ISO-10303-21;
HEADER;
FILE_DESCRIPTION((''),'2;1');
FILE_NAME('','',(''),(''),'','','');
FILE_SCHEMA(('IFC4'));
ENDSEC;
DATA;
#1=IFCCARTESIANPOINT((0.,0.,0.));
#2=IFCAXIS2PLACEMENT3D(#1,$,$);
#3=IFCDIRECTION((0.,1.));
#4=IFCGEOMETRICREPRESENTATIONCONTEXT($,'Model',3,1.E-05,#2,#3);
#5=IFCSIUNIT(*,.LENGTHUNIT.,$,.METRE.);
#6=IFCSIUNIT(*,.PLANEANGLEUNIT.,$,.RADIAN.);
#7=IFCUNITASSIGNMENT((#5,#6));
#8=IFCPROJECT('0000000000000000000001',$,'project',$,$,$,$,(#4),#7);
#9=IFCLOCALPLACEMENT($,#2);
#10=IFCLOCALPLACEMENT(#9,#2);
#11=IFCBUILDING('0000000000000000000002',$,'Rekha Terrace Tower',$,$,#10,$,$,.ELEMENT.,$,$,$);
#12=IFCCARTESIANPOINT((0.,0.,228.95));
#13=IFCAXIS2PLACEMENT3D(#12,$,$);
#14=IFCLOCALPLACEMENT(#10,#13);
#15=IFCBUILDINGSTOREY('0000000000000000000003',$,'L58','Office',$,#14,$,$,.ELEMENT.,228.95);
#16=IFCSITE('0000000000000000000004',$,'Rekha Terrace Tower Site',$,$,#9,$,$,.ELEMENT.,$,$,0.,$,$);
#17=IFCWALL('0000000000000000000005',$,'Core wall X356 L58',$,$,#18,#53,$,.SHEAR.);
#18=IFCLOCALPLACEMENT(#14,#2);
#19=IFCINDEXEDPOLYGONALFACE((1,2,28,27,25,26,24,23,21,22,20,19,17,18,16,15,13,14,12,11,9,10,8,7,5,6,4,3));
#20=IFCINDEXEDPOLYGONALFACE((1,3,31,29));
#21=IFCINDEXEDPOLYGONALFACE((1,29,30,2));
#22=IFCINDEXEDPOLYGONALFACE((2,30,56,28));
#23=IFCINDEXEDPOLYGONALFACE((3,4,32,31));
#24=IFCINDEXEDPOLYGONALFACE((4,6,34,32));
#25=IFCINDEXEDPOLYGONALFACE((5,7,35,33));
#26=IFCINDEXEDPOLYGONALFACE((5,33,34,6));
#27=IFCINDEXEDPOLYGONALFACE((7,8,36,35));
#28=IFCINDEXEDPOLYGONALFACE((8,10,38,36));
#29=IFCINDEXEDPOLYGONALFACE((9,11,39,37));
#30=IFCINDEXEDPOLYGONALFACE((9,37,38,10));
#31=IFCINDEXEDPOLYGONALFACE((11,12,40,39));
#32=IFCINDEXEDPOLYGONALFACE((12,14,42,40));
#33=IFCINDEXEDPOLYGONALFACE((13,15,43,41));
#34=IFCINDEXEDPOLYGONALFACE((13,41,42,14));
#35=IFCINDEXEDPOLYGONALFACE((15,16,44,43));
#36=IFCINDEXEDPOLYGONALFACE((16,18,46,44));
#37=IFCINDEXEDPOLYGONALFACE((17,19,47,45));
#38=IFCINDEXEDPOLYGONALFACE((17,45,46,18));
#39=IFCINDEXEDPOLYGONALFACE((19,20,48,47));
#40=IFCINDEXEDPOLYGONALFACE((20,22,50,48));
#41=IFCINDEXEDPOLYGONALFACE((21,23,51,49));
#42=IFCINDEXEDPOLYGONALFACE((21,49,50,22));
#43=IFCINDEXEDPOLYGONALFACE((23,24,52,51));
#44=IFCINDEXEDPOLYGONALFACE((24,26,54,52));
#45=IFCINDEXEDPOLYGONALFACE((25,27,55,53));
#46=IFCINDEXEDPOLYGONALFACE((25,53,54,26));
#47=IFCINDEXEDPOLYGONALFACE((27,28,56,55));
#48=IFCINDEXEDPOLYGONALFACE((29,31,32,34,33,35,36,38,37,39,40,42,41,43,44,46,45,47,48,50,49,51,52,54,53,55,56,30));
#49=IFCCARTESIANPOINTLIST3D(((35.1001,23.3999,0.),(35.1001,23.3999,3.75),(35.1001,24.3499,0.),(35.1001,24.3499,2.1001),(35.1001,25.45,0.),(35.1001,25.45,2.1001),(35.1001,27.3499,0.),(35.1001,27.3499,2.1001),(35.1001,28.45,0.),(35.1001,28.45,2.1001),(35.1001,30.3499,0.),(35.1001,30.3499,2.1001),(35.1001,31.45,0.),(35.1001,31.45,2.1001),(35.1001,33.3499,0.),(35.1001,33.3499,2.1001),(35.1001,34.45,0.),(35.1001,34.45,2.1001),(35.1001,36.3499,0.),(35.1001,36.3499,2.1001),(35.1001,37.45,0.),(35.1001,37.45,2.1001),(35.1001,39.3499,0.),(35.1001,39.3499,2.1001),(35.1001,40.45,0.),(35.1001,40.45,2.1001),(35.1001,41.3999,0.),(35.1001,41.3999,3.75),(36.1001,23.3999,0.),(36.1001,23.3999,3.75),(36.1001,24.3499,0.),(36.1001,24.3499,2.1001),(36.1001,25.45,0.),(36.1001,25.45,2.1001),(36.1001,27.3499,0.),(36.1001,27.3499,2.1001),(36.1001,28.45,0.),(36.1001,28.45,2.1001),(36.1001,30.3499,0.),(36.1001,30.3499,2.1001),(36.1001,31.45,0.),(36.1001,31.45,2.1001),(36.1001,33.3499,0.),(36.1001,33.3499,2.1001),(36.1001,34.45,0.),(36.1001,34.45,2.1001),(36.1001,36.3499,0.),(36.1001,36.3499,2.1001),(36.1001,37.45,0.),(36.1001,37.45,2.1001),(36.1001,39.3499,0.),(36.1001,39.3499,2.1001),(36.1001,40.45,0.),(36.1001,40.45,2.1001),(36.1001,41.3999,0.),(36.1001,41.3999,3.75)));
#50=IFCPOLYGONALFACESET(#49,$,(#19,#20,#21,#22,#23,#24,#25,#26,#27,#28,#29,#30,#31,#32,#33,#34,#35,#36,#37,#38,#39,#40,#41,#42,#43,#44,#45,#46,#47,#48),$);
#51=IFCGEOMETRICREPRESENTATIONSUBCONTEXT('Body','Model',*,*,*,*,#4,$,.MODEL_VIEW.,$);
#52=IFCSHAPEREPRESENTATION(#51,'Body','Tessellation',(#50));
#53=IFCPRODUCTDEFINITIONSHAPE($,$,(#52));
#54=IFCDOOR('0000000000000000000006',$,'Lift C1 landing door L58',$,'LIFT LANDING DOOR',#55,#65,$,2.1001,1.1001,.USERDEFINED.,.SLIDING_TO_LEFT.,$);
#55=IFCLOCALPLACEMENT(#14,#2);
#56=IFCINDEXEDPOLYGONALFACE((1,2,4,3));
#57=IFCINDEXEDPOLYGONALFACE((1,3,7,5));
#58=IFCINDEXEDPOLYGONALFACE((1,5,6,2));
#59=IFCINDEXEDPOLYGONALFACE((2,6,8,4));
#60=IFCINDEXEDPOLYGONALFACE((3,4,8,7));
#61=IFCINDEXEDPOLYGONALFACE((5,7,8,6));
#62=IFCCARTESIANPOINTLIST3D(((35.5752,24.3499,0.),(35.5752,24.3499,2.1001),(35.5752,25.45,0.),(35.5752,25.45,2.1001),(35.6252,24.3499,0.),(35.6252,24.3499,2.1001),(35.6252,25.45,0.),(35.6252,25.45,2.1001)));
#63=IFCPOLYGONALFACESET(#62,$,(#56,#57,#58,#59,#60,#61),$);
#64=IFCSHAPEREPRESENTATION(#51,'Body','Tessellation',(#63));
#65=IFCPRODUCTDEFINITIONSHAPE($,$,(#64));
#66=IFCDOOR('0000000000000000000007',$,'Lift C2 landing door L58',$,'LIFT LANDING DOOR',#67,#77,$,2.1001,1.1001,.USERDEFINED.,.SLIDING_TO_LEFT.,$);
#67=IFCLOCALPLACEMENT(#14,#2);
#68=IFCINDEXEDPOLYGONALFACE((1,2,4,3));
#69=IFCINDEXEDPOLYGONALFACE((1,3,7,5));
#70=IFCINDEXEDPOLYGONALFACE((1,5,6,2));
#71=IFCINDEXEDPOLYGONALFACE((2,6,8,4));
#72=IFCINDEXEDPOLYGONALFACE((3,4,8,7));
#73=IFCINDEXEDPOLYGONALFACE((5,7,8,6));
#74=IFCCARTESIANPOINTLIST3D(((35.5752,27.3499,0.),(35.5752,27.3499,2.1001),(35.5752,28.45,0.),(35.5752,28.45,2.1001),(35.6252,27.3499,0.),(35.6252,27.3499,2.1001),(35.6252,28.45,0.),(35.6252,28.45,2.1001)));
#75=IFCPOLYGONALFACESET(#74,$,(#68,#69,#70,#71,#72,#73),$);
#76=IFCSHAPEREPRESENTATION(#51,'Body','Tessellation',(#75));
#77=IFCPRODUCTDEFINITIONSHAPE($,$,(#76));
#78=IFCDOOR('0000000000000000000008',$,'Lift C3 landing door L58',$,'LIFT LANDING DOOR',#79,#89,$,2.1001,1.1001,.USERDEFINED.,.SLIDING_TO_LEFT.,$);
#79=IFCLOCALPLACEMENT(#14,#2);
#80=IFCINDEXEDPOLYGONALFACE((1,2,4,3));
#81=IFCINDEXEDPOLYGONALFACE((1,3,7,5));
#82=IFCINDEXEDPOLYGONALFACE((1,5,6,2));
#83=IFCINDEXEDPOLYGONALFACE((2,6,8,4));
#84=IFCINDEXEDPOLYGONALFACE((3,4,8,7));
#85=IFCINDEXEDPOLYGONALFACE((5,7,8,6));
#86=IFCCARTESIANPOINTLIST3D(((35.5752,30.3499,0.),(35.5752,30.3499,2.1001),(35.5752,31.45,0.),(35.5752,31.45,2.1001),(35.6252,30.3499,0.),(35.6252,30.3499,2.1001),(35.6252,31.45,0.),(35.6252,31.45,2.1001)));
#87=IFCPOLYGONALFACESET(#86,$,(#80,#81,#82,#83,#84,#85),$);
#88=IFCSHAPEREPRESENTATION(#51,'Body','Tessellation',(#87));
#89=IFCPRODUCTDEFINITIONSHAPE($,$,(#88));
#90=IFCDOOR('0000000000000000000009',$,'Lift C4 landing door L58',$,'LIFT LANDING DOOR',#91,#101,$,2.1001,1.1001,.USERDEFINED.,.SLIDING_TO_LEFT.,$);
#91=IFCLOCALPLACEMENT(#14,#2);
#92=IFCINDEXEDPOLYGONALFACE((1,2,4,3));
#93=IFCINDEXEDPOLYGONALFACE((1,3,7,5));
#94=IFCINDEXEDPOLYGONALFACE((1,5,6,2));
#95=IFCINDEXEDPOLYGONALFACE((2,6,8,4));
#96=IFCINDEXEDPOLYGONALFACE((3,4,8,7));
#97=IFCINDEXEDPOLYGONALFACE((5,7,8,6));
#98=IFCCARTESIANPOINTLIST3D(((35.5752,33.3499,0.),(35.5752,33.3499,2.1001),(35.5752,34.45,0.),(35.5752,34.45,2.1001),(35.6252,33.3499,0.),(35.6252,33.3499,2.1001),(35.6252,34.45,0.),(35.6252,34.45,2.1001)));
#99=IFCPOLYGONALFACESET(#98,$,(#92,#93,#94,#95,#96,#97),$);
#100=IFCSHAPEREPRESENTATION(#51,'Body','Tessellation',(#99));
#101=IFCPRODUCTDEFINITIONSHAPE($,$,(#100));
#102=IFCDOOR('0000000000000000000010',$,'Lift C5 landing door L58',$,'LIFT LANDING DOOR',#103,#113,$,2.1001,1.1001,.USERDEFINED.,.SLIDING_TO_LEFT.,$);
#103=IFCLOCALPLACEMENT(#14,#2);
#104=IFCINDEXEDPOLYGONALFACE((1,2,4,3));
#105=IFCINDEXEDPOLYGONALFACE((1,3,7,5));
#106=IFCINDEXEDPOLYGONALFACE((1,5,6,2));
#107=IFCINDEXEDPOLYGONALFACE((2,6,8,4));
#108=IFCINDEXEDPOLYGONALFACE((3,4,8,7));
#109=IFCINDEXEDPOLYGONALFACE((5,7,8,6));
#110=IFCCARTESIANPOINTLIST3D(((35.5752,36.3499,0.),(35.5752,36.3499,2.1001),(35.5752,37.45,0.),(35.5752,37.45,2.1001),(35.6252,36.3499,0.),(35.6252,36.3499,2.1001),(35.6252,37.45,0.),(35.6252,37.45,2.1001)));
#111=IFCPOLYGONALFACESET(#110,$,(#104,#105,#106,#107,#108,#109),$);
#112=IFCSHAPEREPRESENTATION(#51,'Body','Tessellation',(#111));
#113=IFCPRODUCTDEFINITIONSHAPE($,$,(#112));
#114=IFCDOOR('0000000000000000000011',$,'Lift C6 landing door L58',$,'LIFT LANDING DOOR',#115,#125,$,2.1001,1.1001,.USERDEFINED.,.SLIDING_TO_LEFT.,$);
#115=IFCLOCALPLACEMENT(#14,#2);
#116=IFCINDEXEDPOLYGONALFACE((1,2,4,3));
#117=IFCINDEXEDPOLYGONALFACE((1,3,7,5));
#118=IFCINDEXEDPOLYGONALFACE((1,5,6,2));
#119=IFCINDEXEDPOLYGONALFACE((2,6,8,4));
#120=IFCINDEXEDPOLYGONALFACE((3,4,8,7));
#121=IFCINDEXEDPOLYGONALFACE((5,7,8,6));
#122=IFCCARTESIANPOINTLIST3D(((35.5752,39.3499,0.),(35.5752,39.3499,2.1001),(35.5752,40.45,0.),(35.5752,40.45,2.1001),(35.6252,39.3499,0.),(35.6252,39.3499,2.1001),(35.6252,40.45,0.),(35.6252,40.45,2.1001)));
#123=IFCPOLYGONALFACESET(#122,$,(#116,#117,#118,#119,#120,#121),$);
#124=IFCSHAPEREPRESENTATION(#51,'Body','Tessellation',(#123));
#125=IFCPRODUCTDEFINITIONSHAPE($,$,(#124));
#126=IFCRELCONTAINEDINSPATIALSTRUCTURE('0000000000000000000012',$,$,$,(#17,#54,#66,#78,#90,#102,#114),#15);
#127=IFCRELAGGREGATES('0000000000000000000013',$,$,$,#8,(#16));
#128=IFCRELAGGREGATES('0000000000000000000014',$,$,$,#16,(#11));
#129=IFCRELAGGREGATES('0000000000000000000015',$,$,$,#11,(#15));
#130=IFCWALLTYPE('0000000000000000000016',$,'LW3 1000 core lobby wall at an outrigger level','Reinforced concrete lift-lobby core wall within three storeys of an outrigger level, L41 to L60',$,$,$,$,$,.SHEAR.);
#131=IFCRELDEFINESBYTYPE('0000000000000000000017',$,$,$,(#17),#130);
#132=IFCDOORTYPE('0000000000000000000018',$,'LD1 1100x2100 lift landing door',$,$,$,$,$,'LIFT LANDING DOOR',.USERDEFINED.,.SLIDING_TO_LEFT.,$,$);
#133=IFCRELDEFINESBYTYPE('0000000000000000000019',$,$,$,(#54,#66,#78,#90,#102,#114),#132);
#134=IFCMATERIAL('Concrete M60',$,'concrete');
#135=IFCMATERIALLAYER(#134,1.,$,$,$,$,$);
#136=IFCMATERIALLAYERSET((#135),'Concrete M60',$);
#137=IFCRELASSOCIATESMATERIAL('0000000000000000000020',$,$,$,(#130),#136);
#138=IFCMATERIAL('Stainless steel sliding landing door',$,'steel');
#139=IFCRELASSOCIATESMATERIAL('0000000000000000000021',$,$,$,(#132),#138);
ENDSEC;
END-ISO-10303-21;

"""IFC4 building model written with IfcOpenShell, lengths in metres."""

from ifc_helpers import new_model, si_unit, direction, frame, frame_2d, origin, place, context, subcontext, project, spatial, rectangle, extrude, material, layer, layer_set, type_object, element, fill, save


model = new_model("IFC4")

# Units and contexts
model_context = context("Model", 3, precision=1e-05, world=origin(), true_north=direction((0.0, 1.0)))
body_context = subcontext(model_context, "Body", "Model", "MODEL_VIEW")
ifc_project = project(units=[si_unit("LENGTHUNIT", "METRE"), si_unit("PLANEANGLEUNIT", "RADIAN")], contexts=[model_context])

# Site, building, storey
site_placement = place(None, origin())
site = spatial("IfcSite", under=ifc_project, at=site_placement, Name="Rekha Terrace Tower Site", CompositionType="ELEMENT", RefElevation=0.0)
building_placement = place(site_placement, origin())
building = spatial("IfcBuilding", under=site, at=building_placement, Name="Rekha Terrace Tower", CompositionType="ELEMENT")
storey_placement = place(building_placement, frame((0.0, 0.0, 228.95)))
storey = spatial("IfcBuildingStorey", under=building, at=storey_placement, Name="L58", Description="Office", CompositionType="ELEMENT", Elevation=228.95)

# Shared definitions
ifc_material_1 = material(Name="Concrete M60", Category="concrete")

# Wall, openings, doors
ifc_layer_1 = layer(ifc_material_1, 1.0)
ifc_layer_set_1 = layer_set([ifc_layer_1], Name="Concrete M60")
wall_type_1 = type_object("IfcWallType", Name="LW3 1000 core lobby wall at an outrigger level", Description="Reinforced concrete lift-lobby core wall within three storeys of an outrigger level, L41 to L60", PredefinedType="SHEAR", material=ifc_layer_set_1)
wall_1_placement = place(storey_placement, frame((35.6001, 23.3999, 0.0), z_axis=(0.0, 0.0, 1.0), x_axis=(0.0, 1.0, 0.0)))
wall_1 = element("IfcWall", 1, at=wall_1_placement, inside=storey, type_object=wall_type_1, Name="Core wall X356 L58", PredefinedType="SHEAR", context=body_context, shape_type="SweptSolid", body=[
    extrude(rectangle(XDim=18.0, YDim=1.0, at=frame_2d((9.0, 0.0))), origin(), (0.0, 0.0, 1.0), 3.75),
])
opening_1_placement = place(wall_1_placement, frame((0.95, 0.0, 0.0)))
opening_1 = element("IfcOpeningElement", 2, at=opening_1_placement, cuts=wall_1, PredefinedType="OPENING", context=body_context, shape_type="SweptSolid", body=[
    extrude(rectangle(XDim=1.1001, YDim=2.1001, at=frame_2d((0.55, 1.05))), frame((0.0, 0.51, 0.0), z_axis=(0.0, -1.0, 0.0), x_axis=(1.0, 0.0, 0.0)), (0.0, 0.0, 1.0), 1.02),
])
opening_2_placement = place(wall_1_placement, frame((3.95, 0.0, 0.0)))
opening_2 = element("IfcOpeningElement", 3, at=opening_2_placement, cuts=wall_1, PredefinedType="OPENING", context=body_context, shape_type="SweptSolid", body=[
    extrude(rectangle(XDim=1.1001, YDim=2.1001, at=frame_2d((0.55, 1.05))), frame((0.0, 0.51, 0.0), z_axis=(0.0, -1.0, 0.0), x_axis=(1.0, 0.0, 0.0)), (0.0, 0.0, 1.0), 1.02),
])
opening_3_placement = place(wall_1_placement, frame((6.95, 0.0, 0.0)))
opening_3 = element("IfcOpeningElement", 4, at=opening_3_placement, cuts=wall_1, PredefinedType="OPENING", context=body_context, shape_type="SweptSolid", body=[
    extrude(rectangle(XDim=1.1001, YDim=2.1001, at=frame_2d((0.55, 1.05))), frame((0.0, 0.51, 0.0), z_axis=(0.0, -1.0, 0.0), x_axis=(1.0, 0.0, 0.0)), (0.0, 0.0, 1.0), 1.02),
])
opening_4_placement = place(wall_1_placement, frame((9.95, 0.0, 0.0)))
opening_4 = element("IfcOpeningElement", 5, at=opening_4_placement, cuts=wall_1, PredefinedType="OPENING", context=body_context, shape_type="SweptSolid", body=[
    extrude(rectangle(XDim=1.1001, YDim=2.1001, at=frame_2d((0.55, 1.05))), frame((0.0, 0.51, 0.0), z_axis=(0.0, -1.0, 0.0), x_axis=(1.0, 0.0, 0.0)), (0.0, 0.0, 1.0), 1.02),
])
opening_5_placement = place(wall_1_placement, frame((12.95, 0.0, 0.0)))
opening_5 = element("IfcOpeningElement", 6, at=opening_5_placement, cuts=wall_1, PredefinedType="OPENING", context=body_context, shape_type="SweptSolid", body=[
    extrude(rectangle(XDim=1.1001, YDim=2.1001, at=frame_2d((0.55, 1.05))), frame((0.0, 0.51, 0.0), z_axis=(0.0, -1.0, 0.0), x_axis=(1.0, 0.0, 0.0)), (0.0, 0.0, 1.0), 1.02),
])
opening_6_placement = place(wall_1_placement, frame((15.95, 0.0, 0.0)))
opening_6 = element("IfcOpeningElement", 7, at=opening_6_placement, cuts=wall_1, PredefinedType="OPENING", context=body_context, shape_type="SweptSolid", body=[
    extrude(rectangle(XDim=1.1001, YDim=2.1001, at=frame_2d((0.55, 1.05))), frame((0.0, 0.51, 0.0), z_axis=(0.0, -1.0, 0.0), x_axis=(1.0, 0.0, 0.0)), (0.0, 0.0, 1.0), 1.02),
])
ifc_material_2 = material(Name="Stainless steel sliding landing door", Category="steel")
door_type_1 = type_object("IfcDoorType", Name="LD1 1100x2100 lift landing door", ElementType="LIFT LANDING DOOR", OperationType="SLIDING_TO_LEFT", PredefinedType="USERDEFINED", material=ifc_material_2)
door_1_placement = place(opening_1_placement, origin())
door_1 = element("IfcDoor", 8, at=door_1_placement, inside=storey, type_object=door_type_1, Name="Lift C1 landing door L58", ObjectType="LIFT LANDING DOOR", OperationType="SLIDING_TO_LEFT", OverallHeight=2.1001, OverallWidth=1.1001, PredefinedType="USERDEFINED", context=body_context, shape_type="SweptSolid", body=[
    extrude(rectangle(XDim=1.1001, YDim=2.1001, at=frame_2d((0.55, 1.05))), frame((0.0, 0.0249, 0.0), z_axis=(0.0, -1.0, 0.0), x_axis=(1.0, 0.0, 0.0)), (0.0, 0.0, 1.0), 0.05),
])
fill(opening_1, door_1)
door_2_placement = place(opening_2_placement, origin())
door_2 = element("IfcDoor", 9, at=door_2_placement, inside=storey, type_object=door_type_1, Name="Lift C2 landing door L58", ObjectType="LIFT LANDING DOOR", OperationType="SLIDING_TO_LEFT", OverallHeight=2.1001, OverallWidth=1.1001, PredefinedType="USERDEFINED", context=body_context, shape_type="SweptSolid", body=[
    extrude(rectangle(XDim=1.1001, YDim=2.1001, at=frame_2d((0.55, 1.05))), frame((0.0, 0.0249, 0.0), z_axis=(0.0, -1.0, 0.0), x_axis=(1.0, 0.0, 0.0)), (0.0, 0.0, 1.0), 0.05),
])
fill(opening_2, door_2)
door_3_placement = place(opening_3_placement, origin())
door_3 = element("IfcDoor", 10, at=door_3_placement, inside=storey, type_object=door_type_1, Name="Lift C3 landing door L58", ObjectType="LIFT LANDING DOOR", OperationType="SLIDING_TO_LEFT", OverallHeight=2.1001, OverallWidth=1.1001, PredefinedType="USERDEFINED", context=body_context, shape_type="SweptSolid", body=[
    extrude(rectangle(XDim=1.1001, YDim=2.1001, at=frame_2d((0.55, 1.05))), frame((0.0, 0.0249, 0.0), z_axis=(0.0, -1.0, 0.0), x_axis=(1.0, 0.0, 0.0)), (0.0, 0.0, 1.0), 0.05),
])
fill(opening_3, door_3)
door_4_placement = place(opening_4_placement, origin())
door_4 = element("IfcDoor", 11, at=door_4_placement, inside=storey, type_object=door_type_1, Name="Lift C4 landing door L58", ObjectType="LIFT LANDING DOOR", OperationType="SLIDING_TO_LEFT", OverallHeight=2.1001, OverallWidth=1.1001, PredefinedType="USERDEFINED", context=body_context, shape_type="SweptSolid", body=[
    extrude(rectangle(XDim=1.1001, YDim=2.1001, at=frame_2d((0.55, 1.05))), frame((0.0, 0.0249, 0.0), z_axis=(0.0, -1.0, 0.0), x_axis=(1.0, 0.0, 0.0)), (0.0, 0.0, 1.0), 0.05),
])
fill(opening_4, door_4)
door_5_placement = place(opening_5_placement, origin())
door_5 = element("IfcDoor", 12, at=door_5_placement, inside=storey, type_object=door_type_1, Name="Lift C5 landing door L58", ObjectType="LIFT LANDING DOOR", OperationType="SLIDING_TO_LEFT", OverallHeight=2.1001, OverallWidth=1.1001, PredefinedType="USERDEFINED", context=body_context, shape_type="SweptSolid", body=[
    extrude(rectangle(XDim=1.1001, YDim=2.1001, at=frame_2d((0.55, 1.05))), frame((0.0, 0.0249, 0.0), z_axis=(0.0, -1.0, 0.0), x_axis=(1.0, 0.0, 0.0)), (0.0, 0.0, 1.0), 0.05),
])
fill(opening_5, door_5)
door_6_placement = place(opening_6_placement, origin())
door_6 = element("IfcDoor", 13, at=door_6_placement, inside=storey, type_object=door_type_1, Name="Lift C6 landing door L58", ObjectType="LIFT LANDING DOOR", OperationType="SLIDING_TO_LEFT", OverallHeight=2.1001, OverallWidth=1.1001, PredefinedType="USERDEFINED", context=body_context, shape_type="SweptSolid", body=[
    extrude(rectangle(XDim=1.1001, YDim=2.1001, at=frame_2d((0.55, 1.05))), frame((0.0, 0.0249, 0.0), z_axis=(0.0, -1.0, 0.0), x_axis=(1.0, 0.0, 0.0)), (0.0, 0.0, 1.0), 0.05),
])
fill(opening_6, door_6)

save(model, "model.ifc")
